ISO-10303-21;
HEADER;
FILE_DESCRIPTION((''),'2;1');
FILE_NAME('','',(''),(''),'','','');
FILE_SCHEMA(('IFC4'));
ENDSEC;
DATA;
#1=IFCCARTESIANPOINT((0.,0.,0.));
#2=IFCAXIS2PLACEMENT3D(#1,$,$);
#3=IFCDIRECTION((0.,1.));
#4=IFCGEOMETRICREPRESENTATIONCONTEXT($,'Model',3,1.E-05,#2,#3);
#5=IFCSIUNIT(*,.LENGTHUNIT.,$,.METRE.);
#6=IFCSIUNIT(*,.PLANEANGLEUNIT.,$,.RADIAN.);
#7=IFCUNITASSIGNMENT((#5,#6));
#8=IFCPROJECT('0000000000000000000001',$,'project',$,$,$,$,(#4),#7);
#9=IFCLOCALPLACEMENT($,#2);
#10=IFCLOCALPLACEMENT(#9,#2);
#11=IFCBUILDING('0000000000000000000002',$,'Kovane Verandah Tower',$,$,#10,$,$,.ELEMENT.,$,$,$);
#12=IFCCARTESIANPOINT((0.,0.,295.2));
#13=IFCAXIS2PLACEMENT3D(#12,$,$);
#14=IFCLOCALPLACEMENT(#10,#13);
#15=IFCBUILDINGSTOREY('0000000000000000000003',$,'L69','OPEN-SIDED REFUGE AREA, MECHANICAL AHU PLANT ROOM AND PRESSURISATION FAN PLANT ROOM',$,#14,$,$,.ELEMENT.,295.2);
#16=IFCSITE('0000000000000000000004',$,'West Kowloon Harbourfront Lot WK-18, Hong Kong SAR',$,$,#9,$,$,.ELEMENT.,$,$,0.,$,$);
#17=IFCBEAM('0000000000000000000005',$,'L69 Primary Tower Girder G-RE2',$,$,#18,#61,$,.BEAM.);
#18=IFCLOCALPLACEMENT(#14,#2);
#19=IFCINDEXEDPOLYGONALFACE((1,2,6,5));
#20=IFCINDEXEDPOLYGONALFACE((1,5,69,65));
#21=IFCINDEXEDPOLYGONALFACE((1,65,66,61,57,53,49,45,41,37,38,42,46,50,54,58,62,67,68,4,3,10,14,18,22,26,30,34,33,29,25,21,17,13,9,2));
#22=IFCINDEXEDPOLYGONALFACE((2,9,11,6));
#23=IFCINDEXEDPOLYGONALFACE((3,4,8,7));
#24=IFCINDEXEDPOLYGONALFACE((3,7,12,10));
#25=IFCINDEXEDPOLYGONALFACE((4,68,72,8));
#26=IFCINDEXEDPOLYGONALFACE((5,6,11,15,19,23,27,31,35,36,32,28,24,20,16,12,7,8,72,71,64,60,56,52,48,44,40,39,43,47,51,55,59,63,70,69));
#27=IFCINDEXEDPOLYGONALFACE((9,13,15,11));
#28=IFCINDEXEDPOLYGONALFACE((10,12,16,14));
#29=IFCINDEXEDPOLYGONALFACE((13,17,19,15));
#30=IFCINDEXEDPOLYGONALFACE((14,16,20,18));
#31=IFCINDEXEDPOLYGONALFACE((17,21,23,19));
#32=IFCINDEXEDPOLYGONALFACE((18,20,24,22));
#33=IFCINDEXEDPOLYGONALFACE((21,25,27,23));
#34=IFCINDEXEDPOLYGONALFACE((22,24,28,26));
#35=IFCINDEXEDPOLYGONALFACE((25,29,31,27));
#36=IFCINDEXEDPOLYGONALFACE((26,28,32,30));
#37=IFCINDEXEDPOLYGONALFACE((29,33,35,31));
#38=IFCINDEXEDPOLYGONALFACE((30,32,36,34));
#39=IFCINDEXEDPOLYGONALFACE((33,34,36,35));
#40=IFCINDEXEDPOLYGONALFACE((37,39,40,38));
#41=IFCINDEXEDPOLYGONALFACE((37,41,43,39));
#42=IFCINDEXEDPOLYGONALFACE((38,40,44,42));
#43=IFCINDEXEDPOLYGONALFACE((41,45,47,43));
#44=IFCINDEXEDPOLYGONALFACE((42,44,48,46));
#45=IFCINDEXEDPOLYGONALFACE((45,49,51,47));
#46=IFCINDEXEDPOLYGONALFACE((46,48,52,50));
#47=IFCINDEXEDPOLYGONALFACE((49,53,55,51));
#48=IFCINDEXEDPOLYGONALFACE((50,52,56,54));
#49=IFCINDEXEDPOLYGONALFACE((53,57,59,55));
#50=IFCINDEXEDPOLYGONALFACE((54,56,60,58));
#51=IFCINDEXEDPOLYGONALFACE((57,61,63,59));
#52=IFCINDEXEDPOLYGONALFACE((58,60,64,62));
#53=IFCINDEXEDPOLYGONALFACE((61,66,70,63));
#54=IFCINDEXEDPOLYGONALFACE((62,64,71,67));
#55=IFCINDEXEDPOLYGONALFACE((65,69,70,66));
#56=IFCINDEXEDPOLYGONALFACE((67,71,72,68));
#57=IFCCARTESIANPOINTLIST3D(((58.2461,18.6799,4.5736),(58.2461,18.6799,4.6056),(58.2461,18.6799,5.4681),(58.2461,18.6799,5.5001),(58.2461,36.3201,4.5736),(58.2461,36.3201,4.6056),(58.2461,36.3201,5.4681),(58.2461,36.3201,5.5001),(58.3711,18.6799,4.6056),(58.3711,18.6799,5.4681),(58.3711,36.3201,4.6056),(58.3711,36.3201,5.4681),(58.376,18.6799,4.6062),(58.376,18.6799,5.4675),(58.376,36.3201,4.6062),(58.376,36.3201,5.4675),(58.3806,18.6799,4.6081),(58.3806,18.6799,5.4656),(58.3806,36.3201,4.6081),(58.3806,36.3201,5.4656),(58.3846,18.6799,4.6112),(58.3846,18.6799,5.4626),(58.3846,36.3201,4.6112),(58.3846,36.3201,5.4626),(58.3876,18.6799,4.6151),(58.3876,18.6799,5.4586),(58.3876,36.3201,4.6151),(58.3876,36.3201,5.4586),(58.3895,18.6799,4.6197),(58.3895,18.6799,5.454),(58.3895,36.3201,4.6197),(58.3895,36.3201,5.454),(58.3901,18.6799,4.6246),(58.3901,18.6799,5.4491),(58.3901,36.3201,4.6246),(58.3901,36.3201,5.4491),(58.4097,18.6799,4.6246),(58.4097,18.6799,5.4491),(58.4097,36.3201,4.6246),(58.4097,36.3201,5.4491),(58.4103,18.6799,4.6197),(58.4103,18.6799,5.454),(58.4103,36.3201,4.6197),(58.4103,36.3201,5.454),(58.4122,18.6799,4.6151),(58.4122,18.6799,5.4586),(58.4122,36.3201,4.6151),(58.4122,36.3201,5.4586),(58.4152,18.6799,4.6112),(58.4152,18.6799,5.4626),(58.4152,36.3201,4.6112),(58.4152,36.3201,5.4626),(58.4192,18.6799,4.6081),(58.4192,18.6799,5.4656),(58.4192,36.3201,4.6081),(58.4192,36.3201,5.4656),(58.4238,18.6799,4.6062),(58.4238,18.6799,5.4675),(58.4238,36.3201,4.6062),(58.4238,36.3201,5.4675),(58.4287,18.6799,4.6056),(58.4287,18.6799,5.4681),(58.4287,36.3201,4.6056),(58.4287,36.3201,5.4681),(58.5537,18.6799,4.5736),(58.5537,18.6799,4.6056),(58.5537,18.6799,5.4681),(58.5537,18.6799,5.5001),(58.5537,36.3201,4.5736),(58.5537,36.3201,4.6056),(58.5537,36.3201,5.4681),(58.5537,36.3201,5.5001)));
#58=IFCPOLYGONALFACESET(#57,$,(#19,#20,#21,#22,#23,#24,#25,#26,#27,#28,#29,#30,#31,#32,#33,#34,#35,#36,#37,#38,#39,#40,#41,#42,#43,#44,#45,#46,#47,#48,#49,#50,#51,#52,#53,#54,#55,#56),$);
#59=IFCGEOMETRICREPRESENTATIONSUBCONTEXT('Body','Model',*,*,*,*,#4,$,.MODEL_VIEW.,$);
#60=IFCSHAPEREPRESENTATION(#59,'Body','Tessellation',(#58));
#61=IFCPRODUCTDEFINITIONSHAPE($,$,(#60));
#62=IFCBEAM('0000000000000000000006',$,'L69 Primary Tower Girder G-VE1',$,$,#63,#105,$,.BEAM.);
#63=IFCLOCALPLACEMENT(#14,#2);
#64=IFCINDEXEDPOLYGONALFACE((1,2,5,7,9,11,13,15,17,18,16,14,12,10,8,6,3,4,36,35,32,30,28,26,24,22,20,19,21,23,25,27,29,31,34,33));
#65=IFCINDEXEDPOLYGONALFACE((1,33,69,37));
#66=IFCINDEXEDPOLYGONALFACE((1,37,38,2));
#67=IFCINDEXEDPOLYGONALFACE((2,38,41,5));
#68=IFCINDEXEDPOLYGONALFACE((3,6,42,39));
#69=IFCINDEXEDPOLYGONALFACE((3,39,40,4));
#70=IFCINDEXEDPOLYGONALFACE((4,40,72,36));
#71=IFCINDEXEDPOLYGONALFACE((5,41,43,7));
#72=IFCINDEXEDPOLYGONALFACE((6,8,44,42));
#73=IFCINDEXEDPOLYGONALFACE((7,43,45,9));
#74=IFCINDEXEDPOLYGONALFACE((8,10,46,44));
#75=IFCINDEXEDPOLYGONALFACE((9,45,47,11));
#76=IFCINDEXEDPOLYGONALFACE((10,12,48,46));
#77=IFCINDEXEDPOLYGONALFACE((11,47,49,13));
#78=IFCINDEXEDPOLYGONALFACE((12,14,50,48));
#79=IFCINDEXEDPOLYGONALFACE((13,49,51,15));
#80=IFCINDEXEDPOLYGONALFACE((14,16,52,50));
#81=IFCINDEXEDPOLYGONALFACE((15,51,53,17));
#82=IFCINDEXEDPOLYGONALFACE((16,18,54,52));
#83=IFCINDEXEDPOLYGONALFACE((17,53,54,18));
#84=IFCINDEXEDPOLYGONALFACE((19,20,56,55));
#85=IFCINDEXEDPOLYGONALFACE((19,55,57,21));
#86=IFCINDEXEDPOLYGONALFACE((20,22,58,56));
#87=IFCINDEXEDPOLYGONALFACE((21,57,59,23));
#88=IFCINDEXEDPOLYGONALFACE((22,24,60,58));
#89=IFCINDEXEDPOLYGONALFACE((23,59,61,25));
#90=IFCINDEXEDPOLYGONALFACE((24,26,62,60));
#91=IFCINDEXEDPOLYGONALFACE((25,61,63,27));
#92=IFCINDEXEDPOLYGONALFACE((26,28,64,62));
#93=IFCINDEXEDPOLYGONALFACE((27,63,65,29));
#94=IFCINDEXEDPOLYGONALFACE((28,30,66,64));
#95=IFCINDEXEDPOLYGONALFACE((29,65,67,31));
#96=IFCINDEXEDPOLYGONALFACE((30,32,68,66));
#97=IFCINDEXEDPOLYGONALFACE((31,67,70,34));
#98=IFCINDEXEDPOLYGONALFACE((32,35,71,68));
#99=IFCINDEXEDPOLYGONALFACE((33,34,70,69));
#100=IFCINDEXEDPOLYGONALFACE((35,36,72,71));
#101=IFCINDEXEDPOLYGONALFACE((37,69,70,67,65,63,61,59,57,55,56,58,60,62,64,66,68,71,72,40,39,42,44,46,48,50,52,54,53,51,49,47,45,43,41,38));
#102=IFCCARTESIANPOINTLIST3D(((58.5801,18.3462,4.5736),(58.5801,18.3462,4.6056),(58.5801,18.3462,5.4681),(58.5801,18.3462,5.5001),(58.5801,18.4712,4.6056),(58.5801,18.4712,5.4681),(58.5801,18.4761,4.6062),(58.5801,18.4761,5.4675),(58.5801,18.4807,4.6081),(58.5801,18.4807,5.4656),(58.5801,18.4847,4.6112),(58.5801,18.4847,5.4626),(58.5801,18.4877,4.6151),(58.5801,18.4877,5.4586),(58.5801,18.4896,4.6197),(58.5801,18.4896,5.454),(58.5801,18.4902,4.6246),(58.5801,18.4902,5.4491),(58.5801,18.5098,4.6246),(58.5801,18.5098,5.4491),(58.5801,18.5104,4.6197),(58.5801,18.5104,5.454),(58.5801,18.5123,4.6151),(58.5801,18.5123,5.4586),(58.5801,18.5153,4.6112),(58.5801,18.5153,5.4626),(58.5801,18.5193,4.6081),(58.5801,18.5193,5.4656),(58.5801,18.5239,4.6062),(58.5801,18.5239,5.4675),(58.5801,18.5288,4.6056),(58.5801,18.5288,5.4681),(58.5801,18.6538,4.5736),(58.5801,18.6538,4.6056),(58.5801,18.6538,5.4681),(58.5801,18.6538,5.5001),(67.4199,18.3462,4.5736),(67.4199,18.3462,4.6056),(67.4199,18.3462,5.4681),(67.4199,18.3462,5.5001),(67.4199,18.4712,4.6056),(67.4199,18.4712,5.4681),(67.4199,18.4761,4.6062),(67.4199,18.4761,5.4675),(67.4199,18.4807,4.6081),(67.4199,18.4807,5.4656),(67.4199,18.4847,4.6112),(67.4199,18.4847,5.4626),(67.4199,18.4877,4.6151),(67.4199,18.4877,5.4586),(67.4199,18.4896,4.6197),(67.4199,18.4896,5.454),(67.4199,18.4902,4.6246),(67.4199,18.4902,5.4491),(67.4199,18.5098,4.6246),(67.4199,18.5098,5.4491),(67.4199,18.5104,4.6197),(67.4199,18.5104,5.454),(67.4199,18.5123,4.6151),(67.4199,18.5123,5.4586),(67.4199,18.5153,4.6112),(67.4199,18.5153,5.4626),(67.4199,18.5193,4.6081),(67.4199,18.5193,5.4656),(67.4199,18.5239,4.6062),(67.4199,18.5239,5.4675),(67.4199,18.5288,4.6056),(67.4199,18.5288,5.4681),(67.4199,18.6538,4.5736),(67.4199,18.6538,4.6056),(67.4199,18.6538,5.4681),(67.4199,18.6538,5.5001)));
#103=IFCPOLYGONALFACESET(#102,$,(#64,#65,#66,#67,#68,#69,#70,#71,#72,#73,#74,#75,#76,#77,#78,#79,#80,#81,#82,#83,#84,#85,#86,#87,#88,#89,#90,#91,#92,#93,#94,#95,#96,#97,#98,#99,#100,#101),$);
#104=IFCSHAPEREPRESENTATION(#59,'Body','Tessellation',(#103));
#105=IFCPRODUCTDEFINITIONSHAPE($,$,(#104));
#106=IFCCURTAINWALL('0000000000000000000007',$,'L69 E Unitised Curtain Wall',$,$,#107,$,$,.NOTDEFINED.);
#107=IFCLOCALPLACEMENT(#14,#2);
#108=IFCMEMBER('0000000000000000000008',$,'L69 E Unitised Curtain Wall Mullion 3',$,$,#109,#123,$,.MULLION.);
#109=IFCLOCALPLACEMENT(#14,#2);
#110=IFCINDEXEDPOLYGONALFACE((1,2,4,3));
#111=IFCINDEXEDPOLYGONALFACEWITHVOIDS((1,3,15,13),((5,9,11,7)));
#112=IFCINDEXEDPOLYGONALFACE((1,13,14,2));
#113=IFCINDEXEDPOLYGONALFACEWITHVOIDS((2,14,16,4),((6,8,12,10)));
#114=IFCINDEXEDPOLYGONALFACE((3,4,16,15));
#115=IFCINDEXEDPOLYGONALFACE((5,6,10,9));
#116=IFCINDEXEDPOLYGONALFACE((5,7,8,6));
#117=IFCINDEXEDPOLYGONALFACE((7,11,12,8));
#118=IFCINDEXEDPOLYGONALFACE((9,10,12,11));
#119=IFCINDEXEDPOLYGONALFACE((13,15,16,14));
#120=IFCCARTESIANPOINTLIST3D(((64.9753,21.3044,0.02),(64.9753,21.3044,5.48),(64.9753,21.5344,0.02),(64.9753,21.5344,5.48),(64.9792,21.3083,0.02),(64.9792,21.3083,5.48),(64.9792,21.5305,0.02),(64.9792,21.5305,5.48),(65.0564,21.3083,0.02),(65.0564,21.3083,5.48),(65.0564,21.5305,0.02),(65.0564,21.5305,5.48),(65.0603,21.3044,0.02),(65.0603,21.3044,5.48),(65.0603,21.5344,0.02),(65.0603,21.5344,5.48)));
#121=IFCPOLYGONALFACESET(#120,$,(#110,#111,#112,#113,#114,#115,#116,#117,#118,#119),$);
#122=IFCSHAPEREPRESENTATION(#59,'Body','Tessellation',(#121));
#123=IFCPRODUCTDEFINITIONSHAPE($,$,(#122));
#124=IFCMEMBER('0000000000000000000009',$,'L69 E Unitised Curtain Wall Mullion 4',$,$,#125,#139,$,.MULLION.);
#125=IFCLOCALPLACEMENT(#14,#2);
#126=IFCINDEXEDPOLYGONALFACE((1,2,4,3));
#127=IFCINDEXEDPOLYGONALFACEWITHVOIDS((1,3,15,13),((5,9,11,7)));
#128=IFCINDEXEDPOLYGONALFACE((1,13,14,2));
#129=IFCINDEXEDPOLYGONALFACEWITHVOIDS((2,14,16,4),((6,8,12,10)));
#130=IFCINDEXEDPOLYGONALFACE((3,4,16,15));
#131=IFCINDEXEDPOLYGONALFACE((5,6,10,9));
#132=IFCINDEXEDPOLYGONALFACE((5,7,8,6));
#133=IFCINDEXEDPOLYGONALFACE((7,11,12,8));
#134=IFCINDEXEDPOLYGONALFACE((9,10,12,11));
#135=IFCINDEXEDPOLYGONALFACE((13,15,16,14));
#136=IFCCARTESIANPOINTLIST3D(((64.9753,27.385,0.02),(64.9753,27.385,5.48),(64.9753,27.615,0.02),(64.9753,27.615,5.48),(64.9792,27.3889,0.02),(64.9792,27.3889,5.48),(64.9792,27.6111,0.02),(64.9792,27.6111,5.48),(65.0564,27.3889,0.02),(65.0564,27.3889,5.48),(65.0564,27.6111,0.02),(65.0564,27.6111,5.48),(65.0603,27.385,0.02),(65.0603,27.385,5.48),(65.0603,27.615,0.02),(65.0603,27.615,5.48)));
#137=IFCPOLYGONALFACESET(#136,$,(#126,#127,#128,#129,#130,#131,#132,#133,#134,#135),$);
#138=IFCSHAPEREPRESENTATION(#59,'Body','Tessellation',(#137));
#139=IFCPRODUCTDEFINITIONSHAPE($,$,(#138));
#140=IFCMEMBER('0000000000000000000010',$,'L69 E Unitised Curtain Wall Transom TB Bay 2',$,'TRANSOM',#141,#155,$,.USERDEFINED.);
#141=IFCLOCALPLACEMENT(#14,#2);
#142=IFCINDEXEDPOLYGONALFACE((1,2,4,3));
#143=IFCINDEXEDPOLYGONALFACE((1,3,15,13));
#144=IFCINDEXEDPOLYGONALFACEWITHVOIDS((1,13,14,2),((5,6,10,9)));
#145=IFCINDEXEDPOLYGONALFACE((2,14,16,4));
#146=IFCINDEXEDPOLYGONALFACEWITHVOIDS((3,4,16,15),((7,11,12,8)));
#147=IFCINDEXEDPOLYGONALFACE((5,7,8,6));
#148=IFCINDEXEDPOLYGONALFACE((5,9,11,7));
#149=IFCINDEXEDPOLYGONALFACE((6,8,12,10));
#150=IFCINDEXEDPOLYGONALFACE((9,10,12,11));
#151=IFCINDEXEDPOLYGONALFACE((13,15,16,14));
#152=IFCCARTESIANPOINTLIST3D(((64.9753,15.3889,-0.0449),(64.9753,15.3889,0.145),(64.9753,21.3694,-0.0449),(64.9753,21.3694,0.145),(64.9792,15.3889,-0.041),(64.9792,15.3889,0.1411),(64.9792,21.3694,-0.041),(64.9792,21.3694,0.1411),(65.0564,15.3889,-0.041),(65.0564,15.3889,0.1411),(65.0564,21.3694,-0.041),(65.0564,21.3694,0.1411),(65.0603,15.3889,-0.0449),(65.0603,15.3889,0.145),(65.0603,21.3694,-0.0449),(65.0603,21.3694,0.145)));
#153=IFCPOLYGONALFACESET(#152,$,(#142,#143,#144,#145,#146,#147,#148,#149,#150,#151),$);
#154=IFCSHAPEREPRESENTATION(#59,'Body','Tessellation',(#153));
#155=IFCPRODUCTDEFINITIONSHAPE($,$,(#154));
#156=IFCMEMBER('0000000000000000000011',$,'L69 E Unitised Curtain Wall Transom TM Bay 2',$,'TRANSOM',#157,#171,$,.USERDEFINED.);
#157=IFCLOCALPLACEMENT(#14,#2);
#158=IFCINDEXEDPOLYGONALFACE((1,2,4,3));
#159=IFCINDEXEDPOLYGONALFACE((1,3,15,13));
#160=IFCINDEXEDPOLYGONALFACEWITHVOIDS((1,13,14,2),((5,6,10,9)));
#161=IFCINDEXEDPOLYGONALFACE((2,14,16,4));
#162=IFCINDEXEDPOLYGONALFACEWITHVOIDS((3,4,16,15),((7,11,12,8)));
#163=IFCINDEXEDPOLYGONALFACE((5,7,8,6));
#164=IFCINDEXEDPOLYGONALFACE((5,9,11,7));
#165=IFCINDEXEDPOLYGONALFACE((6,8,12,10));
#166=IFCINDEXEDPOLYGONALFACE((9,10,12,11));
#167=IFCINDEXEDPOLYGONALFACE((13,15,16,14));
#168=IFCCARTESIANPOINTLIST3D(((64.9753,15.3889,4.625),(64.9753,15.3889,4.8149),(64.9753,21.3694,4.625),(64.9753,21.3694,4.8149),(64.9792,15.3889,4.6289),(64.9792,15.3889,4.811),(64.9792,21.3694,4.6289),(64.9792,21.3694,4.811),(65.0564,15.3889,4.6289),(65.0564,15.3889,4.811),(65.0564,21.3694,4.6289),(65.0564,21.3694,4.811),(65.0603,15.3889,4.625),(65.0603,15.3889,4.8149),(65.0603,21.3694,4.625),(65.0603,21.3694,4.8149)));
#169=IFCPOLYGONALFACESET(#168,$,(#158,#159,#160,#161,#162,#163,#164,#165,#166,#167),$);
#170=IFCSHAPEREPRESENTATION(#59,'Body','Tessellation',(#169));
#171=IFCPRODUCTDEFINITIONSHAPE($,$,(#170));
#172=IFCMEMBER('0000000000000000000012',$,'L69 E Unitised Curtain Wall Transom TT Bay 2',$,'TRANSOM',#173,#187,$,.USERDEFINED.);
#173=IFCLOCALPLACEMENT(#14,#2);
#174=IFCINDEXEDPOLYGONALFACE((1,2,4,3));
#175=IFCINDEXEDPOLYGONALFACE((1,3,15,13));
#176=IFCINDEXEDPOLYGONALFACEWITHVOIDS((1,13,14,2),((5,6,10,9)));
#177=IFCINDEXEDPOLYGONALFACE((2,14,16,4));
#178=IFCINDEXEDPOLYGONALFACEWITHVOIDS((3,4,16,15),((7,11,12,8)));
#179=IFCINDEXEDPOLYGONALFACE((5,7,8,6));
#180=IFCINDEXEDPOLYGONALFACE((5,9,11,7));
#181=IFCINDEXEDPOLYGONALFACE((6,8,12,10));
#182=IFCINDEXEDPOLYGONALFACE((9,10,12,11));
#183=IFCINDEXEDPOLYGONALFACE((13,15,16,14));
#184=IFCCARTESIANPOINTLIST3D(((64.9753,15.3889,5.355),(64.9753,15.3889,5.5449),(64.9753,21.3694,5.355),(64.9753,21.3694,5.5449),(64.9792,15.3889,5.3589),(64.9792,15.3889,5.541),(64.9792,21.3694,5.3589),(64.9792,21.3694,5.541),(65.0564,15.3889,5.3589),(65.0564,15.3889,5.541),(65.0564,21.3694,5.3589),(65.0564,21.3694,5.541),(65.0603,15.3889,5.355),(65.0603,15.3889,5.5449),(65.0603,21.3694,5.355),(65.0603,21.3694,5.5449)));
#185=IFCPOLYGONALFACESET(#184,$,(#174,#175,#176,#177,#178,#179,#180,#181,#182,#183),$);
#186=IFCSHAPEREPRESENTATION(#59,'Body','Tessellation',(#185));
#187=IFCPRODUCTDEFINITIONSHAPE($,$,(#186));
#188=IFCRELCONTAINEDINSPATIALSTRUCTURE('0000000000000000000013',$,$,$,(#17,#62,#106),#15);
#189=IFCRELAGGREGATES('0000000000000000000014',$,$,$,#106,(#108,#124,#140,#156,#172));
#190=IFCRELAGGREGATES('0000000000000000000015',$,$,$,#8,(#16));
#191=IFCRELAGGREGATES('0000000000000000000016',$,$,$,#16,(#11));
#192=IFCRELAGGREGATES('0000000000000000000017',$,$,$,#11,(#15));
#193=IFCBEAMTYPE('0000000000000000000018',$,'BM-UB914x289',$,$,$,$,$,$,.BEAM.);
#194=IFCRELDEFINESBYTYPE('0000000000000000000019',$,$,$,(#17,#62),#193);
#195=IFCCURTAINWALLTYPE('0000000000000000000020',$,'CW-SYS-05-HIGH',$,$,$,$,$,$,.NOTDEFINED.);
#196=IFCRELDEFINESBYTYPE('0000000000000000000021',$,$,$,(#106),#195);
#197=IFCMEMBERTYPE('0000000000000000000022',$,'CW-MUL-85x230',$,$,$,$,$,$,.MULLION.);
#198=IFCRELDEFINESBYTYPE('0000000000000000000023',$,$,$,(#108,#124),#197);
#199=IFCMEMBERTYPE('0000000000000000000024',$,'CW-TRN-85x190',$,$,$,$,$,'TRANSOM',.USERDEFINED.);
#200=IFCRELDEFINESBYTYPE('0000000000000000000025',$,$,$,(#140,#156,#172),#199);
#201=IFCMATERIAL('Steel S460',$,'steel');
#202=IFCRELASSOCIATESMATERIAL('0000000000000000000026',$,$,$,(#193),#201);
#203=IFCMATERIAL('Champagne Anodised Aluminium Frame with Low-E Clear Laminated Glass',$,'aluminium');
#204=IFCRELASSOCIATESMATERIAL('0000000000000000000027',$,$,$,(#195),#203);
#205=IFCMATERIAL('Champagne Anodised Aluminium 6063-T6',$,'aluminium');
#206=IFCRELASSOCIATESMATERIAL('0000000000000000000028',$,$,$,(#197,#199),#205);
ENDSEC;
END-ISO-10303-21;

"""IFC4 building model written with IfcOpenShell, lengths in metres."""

from ifc_helpers import new_model, si_unit, direction, frame, origin, origin_2d, place, context, subcontext, project, spatial, hollow_rectangle, i_section, extrude, material, material_profile, profile_set, type_object, element, aggregate, save


model = new_model("IFC4")

# Units and contexts
model_context = context("Model", 3, precision=1e-05, world=origin(), true_north=direction((0.0, 1.0)))
body_context = subcontext(model_context, "Body", "Model", "MODEL_VIEW")
ifc_project = project(units=[si_unit("LENGTHUNIT", "METRE"), si_unit("PLANEANGLEUNIT", "RADIAN")], contexts=[model_context])

# Site, building, storey
site_placement = place(None, origin())
site = spatial("IfcSite", under=ifc_project, at=site_placement, Name="West Kowloon Harbourfront Lot WK-18, Hong Kong SAR", CompositionType="ELEMENT", RefElevation=0.0)
building_placement = place(site_placement, origin())
building = spatial("IfcBuilding", under=site, at=building_placement, Name="Kovane Verandah Tower", CompositionType="ELEMENT")
storey_placement = place(building_placement, frame((0.0, 0.0, 295.2)))
storey = spatial("IfcBuildingStorey", under=building, at=storey_placement, Name="L69", Description="OPEN-SIDED REFUGE AREA, MECHANICAL AHU PLANT ROOM AND PRESSURISATION FAN PLANT ROOM", CompositionType="ELEMENT", Elevation=295.2)

# Shared definitions
ifc_material_1 = material(Name="Steel S460", Category="steel")

# Beams
ifc_material_profile_1 = material_profile(ifc_material_1, i_section(OverallWidth=0.3076, OverallDepth=0.9265, WebThickness=0.0195, FlangeThickness=0.032, FilletRadius=0.019, at=origin_2d()), Name="UB914x305x289")
ifc_profile_set_1 = profile_set([ifc_material_profile_1], Name="Steel S460")
beam_type_1 = type_object("IfcBeamType", Name="BM-UB914x289", PredefinedType="BEAM", material=ifc_profile_set_1)
beam_1_placement = place(storey_placement, frame((58.3999, 18.6799, 5.0369), z_axis=(0.0, 1.0, 0.0), x_axis=(-1.0, 0.0, 0.0)))
element("IfcBeam", 1, at=beam_1_placement, inside=storey, type_object=beam_type_1, Name="L69 Primary Tower Girder G-RE2", PredefinedType="BEAM", context=body_context, shape_type="SweptSolid", body=[
    extrude(i_section(OverallWidth=0.3076, OverallDepth=0.9265, WebThickness=0.0195, FlangeThickness=0.032, FilletRadius=0.019, at=origin_2d()), origin(), (0.0, 0.0, 1.0), 17.6401),
])
beam_2_placement = place(storey_placement, frame((58.5801, 18.5, 5.0369), z_axis=(1.0, 0.0, 0.0), x_axis=(0.0, 1.0, 0.0)))
element("IfcBeam", 2, at=beam_2_placement, inside=storey, type_object=beam_type_1, Name="L69 Primary Tower Girder G-VE1", PredefinedType="BEAM", context=body_context, shape_type="SweptSolid", body=[
    extrude(i_section(OverallWidth=0.3076, OverallDepth=0.9265, WebThickness=0.0195, FlangeThickness=0.032, FilletRadius=0.019, at=origin_2d()), origin(), (0.0, 0.0, 1.0), 8.8398),
])

# Curtain wall, members
ifc_material_2 = material(Name="Champagne Anodised Aluminium Frame with Low-E Clear Laminated Glass", Category="aluminium")
curtain_wall_type = type_object("IfcCurtainWallType", Name="CW-SYS-05-HIGH", PredefinedType="NOTDEFINED", material=ifc_material_2)
curtain_wall_placement = place(storey_placement, origin())
curtain_wall = element("IfcCurtainWall", 3, at=curtain_wall_placement, inside=storey, type_object=curtain_wall_type, Name="L69 E Unitised Curtain Wall", PredefinedType="NOTDEFINED")
ifc_material_3 = material(Name="Champagne Anodised Aluminium 6063-T6", Category="aluminium")
ifc_material_profile_2 = material_profile(ifc_material_3, hollow_rectangle(XDim=0.085, YDim=0.23, WallThickness=0.0039, at=origin_2d()), Name="AL85x230x4")
ifc_profile_set_2 = profile_set([ifc_material_profile_2], Name="Champagne Anodised Aluminium 6063-T6")
member_type_1 = type_object("IfcMemberType", Name="CW-MUL-85x230", PredefinedType="MULLION", material=ifc_profile_set_2)
member_1_placement = place(storey_placement, frame((65.0178, 21.4194, 0.02), z_axis=(0.0, 0.0, 1.0), x_axis=(1.0, 0.0, 0.0)))
member_1 = element("IfcMember", 4, at=member_1_placement, type_object=member_type_1, Name="L69 E Unitised Curtain Wall Mullion 3", PredefinedType="MULLION", context=body_context, shape_type="SweptSolid", body=[
    extrude(hollow_rectangle(XDim=0.085, YDim=0.23, WallThickness=0.0039, at=origin_2d()), origin(), (0.0, 0.0, 1.0), 5.46),
])
member_2_placement = place(storey_placement, frame((65.0178, 27.5, 0.02), z_axis=(0.0, 0.0, 1.0), x_axis=(1.0, 0.0, 0.0)))
member_2 = element("IfcMember", 5, at=member_2_placement, type_object=member_type_1, Name="L69 E Unitised Curtain Wall Mullion 4", PredefinedType="MULLION", context=body_context, shape_type="SweptSolid", body=[
    extrude(hollow_rectangle(XDim=0.085, YDim=0.23, WallThickness=0.0039, at=origin_2d()), origin(), (0.0, 0.0, 1.0), 5.46),
])
ifc_material_profile_3 = material_profile(ifc_material_3, hollow_rectangle(XDim=0.085, YDim=0.1899, WallThickness=0.0039, at=origin_2d()), Name="AL85x190x4")
ifc_profile_set_3 = profile_set([ifc_material_profile_3], Name="Champagne Anodised Aluminium 6063-T6")
member_type_2 = type_object("IfcMemberType", Name="CW-TRN-85x190", ElementType="TRANSOM", PredefinedType="USERDEFINED", material=ifc_profile_set_3)
member_3_placement = place(storey_placement, frame((65.0178, 15.3889, 0.05), z_axis=(0.0, 1.0, 0.0), x_axis=(-1.0, 0.0, 0.0)))
member_3 = element("IfcMember", 6, at=member_3_placement, type_object=member_type_2, Name="L69 E Unitised Curtain Wall Transom TB Bay 2", ObjectType="TRANSOM", PredefinedType="USERDEFINED", context=body_context, shape_type="SweptSolid", body=[
    extrude(hollow_rectangle(XDim=0.085, YDim=0.1899, WallThickness=0.0039, at=origin_2d()), origin(), (0.0, 0.0, 1.0), 5.9805),
])
member_4_placement = place(storey_placement, frame((65.0178, 15.3889, 4.72), z_axis=(0.0, 1.0, 0.0), x_axis=(-1.0, 0.0, 0.0)))
member_4 = element("IfcMember", 7, at=member_4_placement, type_object=member_type_2, Name="L69 E Unitised Curtain Wall Transom TM Bay 2", ObjectType="TRANSOM", PredefinedType="USERDEFINED", context=body_context, shape_type="SweptSolid", body=[
    extrude(hollow_rectangle(XDim=0.085, YDim=0.1899, WallThickness=0.0039, at=origin_2d()), origin(), (0.0, 0.0, 1.0), 5.9805),
])
member_5_placement = place(storey_placement, frame((65.0178, 15.3889, 5.45), z_axis=(0.0, 1.0, 0.0), x_axis=(-1.0, 0.0, 0.0)))
member_5 = element("IfcMember", 8, at=member_5_placement, type_object=member_type_2, Name="L69 E Unitised Curtain Wall Transom TT Bay 2", ObjectType="TRANSOM", PredefinedType="USERDEFINED", context=body_context, shape_type="SweptSolid", body=[
    extrude(hollow_rectangle(XDim=0.085, YDim=0.1899, WallThickness=0.0039, at=origin_2d()), origin(), (0.0, 0.0, 1.0), 5.9805),
])

aggregate(curtain_wall, [member_1, member_2, member_3, member_4, member_5])

save(model, "model.ifc")
